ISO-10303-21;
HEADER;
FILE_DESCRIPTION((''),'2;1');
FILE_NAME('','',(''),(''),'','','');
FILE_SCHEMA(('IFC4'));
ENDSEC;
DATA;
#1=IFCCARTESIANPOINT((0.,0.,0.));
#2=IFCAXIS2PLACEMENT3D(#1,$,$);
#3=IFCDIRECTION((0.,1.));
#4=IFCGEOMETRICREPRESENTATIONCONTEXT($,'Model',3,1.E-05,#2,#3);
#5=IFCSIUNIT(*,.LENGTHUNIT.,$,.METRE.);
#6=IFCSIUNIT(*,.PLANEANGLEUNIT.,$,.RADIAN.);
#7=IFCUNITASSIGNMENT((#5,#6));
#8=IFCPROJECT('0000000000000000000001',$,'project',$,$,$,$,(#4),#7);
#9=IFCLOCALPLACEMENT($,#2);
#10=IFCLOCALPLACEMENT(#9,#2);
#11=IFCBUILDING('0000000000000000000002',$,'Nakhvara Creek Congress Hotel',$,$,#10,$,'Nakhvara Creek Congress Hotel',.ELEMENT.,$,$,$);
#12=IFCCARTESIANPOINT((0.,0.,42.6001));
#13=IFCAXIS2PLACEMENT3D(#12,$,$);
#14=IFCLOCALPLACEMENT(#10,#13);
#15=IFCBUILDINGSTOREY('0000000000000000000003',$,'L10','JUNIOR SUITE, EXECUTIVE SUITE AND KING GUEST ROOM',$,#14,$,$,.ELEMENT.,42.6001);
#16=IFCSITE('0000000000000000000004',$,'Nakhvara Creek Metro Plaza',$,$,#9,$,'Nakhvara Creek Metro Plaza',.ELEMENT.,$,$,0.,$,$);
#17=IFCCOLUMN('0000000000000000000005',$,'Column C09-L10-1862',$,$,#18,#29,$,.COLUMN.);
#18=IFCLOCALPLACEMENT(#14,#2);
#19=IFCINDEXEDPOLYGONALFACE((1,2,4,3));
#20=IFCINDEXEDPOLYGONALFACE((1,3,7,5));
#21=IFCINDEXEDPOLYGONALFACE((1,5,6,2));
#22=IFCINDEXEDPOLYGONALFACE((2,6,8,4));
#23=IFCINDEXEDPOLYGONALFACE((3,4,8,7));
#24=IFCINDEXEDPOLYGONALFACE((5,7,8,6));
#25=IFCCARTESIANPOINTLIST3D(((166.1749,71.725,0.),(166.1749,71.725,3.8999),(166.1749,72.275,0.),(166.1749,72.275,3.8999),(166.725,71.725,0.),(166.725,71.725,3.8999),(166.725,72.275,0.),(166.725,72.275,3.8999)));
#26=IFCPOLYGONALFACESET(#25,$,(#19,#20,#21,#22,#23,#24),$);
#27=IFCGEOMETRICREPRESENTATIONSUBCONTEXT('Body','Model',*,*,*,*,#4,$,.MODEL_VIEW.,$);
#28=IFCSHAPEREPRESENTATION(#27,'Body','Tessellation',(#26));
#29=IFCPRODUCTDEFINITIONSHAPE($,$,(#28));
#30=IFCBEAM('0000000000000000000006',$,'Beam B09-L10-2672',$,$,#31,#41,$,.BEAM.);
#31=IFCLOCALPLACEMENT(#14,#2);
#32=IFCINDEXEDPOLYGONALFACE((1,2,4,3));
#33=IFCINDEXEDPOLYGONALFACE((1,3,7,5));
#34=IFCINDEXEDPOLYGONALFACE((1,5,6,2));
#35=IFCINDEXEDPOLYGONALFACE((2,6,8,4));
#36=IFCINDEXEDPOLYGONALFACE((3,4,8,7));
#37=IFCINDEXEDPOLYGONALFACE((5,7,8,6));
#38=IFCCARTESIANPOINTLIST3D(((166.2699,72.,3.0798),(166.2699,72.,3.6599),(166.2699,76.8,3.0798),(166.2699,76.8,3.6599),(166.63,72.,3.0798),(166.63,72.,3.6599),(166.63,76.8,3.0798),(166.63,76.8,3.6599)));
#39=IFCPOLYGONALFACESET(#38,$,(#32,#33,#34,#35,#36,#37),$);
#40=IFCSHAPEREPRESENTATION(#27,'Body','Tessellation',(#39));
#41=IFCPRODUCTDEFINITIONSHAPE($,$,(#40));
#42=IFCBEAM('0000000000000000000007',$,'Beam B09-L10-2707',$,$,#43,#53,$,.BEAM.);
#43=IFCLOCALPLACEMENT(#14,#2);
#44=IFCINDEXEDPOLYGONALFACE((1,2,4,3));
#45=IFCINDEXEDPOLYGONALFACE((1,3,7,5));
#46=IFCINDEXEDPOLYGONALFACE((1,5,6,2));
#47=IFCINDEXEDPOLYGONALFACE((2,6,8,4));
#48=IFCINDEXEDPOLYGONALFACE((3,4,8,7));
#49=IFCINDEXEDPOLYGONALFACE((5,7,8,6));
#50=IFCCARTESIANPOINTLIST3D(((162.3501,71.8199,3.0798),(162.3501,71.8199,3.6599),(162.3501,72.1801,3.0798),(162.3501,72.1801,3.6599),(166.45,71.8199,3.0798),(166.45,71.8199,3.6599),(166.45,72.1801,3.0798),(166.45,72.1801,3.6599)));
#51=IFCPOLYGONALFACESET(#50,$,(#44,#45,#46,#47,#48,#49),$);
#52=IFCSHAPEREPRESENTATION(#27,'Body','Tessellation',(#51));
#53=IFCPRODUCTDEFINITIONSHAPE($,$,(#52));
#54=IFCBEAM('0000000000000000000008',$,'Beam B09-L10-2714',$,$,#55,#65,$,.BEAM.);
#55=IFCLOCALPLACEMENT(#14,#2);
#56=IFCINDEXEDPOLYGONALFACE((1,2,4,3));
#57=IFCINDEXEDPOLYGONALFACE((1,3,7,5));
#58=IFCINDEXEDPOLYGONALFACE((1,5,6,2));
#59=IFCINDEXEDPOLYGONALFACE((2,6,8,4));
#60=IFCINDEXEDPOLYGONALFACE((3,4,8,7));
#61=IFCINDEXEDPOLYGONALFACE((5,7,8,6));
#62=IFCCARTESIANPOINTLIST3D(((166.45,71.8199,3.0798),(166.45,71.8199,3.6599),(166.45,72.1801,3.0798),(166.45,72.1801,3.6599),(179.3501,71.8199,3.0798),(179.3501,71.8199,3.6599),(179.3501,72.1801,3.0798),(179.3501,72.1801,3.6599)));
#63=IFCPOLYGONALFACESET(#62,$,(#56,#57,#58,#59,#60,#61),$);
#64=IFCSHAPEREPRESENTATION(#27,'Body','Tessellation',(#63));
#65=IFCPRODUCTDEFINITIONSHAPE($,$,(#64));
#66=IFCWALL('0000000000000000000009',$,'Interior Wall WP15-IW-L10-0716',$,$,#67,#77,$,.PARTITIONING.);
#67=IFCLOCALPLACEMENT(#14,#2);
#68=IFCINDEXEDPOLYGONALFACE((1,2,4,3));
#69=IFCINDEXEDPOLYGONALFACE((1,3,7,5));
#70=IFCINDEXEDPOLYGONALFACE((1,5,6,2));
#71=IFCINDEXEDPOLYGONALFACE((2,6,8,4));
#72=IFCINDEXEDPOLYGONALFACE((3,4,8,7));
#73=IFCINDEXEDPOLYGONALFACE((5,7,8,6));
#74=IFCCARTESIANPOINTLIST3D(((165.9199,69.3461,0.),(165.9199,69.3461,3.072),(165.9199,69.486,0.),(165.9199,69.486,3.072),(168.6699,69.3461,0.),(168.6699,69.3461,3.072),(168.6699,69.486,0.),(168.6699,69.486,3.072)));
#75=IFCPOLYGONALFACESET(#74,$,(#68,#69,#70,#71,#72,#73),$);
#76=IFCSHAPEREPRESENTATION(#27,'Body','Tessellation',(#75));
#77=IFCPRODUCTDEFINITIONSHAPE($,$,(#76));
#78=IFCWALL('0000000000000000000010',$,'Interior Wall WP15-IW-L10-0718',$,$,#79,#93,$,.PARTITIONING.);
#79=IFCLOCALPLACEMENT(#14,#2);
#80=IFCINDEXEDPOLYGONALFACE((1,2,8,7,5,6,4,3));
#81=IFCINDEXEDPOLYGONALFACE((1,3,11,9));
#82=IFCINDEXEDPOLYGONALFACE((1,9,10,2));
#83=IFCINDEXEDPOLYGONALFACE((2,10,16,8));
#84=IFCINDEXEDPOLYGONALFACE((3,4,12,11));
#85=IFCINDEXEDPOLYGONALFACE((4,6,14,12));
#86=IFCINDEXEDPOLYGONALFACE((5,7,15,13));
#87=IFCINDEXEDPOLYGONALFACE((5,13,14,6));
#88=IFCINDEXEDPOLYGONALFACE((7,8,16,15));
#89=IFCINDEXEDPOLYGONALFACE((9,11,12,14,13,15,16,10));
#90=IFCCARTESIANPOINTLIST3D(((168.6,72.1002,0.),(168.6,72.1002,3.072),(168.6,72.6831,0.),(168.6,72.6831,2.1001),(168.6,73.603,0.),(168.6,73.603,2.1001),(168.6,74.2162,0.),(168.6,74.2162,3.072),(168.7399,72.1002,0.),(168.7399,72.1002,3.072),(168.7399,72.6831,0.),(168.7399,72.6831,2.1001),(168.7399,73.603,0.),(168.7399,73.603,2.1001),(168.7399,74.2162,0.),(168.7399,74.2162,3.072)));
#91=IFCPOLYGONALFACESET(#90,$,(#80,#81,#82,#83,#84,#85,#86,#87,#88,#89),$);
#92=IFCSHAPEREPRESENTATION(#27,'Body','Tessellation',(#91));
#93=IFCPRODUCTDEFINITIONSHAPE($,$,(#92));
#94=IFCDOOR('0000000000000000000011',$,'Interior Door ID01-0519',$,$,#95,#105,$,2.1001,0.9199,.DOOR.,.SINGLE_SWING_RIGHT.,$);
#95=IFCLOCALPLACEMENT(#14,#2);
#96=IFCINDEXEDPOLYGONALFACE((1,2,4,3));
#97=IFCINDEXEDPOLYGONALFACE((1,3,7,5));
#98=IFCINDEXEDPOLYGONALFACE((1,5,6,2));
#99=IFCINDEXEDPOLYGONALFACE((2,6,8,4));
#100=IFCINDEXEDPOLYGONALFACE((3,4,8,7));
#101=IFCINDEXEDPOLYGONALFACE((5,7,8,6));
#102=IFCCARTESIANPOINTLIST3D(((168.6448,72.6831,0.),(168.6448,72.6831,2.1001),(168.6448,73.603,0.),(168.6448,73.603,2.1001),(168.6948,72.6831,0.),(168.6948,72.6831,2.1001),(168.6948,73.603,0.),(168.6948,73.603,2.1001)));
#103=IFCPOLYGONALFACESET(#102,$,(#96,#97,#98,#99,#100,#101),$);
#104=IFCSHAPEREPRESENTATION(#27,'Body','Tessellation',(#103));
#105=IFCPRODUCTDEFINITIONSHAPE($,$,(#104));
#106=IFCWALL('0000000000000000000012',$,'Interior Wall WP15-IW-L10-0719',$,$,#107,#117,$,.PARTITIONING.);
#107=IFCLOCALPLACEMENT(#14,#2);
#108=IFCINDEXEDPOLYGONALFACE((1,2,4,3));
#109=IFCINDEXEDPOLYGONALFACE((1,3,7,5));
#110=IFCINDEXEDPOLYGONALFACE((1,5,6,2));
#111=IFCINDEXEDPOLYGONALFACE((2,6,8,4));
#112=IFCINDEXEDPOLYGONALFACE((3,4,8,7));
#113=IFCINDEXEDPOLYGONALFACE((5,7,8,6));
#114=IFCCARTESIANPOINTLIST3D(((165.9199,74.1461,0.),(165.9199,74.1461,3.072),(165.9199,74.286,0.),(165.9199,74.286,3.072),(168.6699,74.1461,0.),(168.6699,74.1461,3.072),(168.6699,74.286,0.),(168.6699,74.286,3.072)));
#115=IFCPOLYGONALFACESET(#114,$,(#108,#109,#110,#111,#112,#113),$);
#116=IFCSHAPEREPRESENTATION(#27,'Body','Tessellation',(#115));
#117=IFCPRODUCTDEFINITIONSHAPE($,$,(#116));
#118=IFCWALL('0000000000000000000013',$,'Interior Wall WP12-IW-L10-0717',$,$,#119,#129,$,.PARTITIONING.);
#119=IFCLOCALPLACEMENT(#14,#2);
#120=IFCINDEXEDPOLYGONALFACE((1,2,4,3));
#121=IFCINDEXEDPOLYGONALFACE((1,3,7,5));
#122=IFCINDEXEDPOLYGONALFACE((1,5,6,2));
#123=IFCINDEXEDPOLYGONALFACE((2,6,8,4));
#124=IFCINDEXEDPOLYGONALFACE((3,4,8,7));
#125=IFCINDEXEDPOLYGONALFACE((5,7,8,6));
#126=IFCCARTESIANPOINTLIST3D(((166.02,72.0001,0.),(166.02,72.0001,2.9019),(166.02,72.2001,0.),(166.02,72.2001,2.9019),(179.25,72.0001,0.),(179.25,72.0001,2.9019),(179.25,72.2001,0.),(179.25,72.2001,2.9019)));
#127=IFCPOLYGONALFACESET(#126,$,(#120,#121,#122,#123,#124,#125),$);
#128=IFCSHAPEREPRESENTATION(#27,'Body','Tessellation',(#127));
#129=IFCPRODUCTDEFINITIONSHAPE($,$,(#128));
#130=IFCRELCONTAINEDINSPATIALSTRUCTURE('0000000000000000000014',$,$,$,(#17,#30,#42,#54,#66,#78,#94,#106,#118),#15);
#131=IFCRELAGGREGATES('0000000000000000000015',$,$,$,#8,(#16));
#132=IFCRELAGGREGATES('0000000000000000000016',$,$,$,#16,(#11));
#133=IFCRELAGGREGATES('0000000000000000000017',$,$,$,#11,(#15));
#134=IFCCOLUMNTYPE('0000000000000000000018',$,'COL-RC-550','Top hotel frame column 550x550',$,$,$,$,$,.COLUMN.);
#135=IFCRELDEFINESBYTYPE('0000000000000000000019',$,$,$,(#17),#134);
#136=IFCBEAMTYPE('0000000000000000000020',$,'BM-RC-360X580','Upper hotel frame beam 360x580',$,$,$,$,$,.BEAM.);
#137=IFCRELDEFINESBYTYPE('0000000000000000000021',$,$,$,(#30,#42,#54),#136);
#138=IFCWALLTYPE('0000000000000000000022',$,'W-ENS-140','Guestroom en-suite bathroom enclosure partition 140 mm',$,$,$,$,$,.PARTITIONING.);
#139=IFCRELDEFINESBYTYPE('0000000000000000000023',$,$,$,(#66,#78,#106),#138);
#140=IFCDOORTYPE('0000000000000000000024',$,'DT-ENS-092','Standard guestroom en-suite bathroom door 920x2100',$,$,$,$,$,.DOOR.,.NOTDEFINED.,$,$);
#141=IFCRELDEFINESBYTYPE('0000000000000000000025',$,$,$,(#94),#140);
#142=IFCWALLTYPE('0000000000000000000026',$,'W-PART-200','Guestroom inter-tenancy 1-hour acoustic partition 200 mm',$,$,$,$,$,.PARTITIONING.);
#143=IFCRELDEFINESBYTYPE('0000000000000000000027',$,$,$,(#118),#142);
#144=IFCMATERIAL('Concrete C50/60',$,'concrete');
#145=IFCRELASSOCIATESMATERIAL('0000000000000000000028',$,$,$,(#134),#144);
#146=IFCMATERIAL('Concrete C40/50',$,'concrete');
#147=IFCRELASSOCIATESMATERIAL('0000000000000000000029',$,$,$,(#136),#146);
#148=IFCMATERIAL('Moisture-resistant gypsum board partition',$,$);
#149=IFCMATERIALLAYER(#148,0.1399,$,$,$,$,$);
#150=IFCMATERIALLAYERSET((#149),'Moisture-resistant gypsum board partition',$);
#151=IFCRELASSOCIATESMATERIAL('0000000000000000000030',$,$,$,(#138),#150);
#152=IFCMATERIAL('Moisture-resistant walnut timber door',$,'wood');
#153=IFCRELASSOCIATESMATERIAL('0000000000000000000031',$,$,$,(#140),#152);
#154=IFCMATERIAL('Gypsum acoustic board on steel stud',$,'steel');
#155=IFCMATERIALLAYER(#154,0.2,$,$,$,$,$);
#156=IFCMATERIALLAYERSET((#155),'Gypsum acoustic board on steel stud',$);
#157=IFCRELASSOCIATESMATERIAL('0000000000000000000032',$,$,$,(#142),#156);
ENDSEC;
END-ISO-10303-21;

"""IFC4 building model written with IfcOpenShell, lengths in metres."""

from ifc_helpers import new_model, si_unit, direction, frame, frame_2d, origin, origin_2d, place, context, subcontext, project, spatial, rectangle, extrude, material, layer, layer_set, material_profile, profile_set, type_object, element, fill, save


model = new_model("IFC4")

# Units and contexts
model_context = context("Model", 3, precision=1e-05, world=origin(), true_north=direction((0.0, 1.0)))
body_context = subcontext(model_context, "Body", "Model", "MODEL_VIEW")
ifc_project = project(units=[si_unit("LENGTHUNIT", "METRE"), si_unit("PLANEANGLEUNIT", "RADIAN")], contexts=[model_context])

# Site, building, storey
site_placement = place(None, origin())
site = spatial("IfcSite", under=ifc_project, at=site_placement, Name="Nakhvara Creek Metro Plaza", LongName="Nakhvara Creek Metro Plaza", CompositionType="ELEMENT", RefElevation=0.0)
building_placement = place(site_placement, origin())
building = spatial("IfcBuilding", under=site, at=building_placement, Name="Nakhvara Creek Congress Hotel", LongName="Nakhvara Creek Congress Hotel", CompositionType="ELEMENT")
storey_placement = place(building_placement, frame((0.0, 0.0, 42.6001)))
storey = spatial("IfcBuildingStorey", under=building, at=storey_placement, Name="L10", Description="JUNIOR SUITE, EXECUTIVE SUITE AND KING GUEST ROOM", CompositionType="ELEMENT", Elevation=42.6001)

# Column
ifc_material_1 = material(Name="Concrete C50/60", Category="concrete")
ifc_material_profile_1 = material_profile(ifc_material_1, rectangle(XDim=0.55, YDim=0.55, at=origin_2d()), Name="RC-COL 550x550", Category="LoadBearing")
ifc_profile_set_1 = profile_set([ifc_material_profile_1], Name="Concrete C50/60")
column_type = type_object("IfcColumnType", Name="COL-RC-550", Description="Top hotel frame column 550x550", PredefinedType="COLUMN", material=ifc_profile_set_1)
column_placement = place(storey_placement, frame((166.45, 72.0, 0.0), z_axis=(0.0, 0.0, 1.0), x_axis=(1.0, 0.0, 0.0)))
element("IfcColumn", 1, at=column_placement, inside=storey, type_object=column_type, Name="Column C09-L10-1862", PredefinedType="COLUMN", context=body_context, shape_type="SweptSolid", body=[
    extrude(rectangle(XDim=0.55, YDim=0.55, at=origin_2d()), origin(), (0.0, 0.0, 1.0), 3.8999),
])

# Beams
ifc_material_2 = material(Name="Concrete C40/50", Category="concrete")
ifc_material_profile_2 = material_profile(ifc_material_2, rectangle(XDim=0.3601, YDim=0.5801, at=origin_2d()), Name="RC-BM 360x580", Category="LoadBearing")
ifc_profile_set_2 = profile_set([ifc_material_profile_2], Name="Concrete C40/50")
beam_type = type_object("IfcBeamType", Name="BM-RC-360X580", Description="Upper hotel frame beam 360x580", PredefinedType="BEAM", material=ifc_profile_set_2)
beam_1_placement = place(storey_placement, frame((166.45, 72.0, 3.3699), z_axis=(0.0, 1.0, 0.0), x_axis=(-1.0, 0.0, 0.0)))
element("IfcBeam", 2, at=beam_1_placement, inside=storey, type_object=beam_type, Name="Beam B09-L10-2672", PredefinedType="BEAM", context=body_context, shape_type="SweptSolid", body=[
    extrude(rectangle(XDim=0.3601, YDim=0.5801, at=origin_2d()), origin(), (0.0, 0.0, 1.0), 4.8),
])
beam_2_placement = place(storey_placement, frame((162.3501, 72.0, 3.3699), z_axis=(1.0, 0.0, 0.0), x_axis=(0.0, 1.0, 0.0)))
element("IfcBeam", 3, at=beam_2_placement, inside=storey, type_object=beam_type, Name="Beam B09-L10-2707", PredefinedType="BEAM", context=body_context, shape_type="SweptSolid", body=[
    extrude(rectangle(XDim=0.3601, YDim=0.5801, at=origin_2d()), origin(), (0.0, 0.0, 1.0), 4.0999),
])
beam_3_placement = place(storey_placement, frame((166.45, 72.0, 3.3699), z_axis=(1.0, 0.0, 0.0), x_axis=(0.0, 1.0, 0.0)))
element("IfcBeam", 4, at=beam_3_placement, inside=storey, type_object=beam_type, Name="Beam B09-L10-2714", PredefinedType="BEAM", context=body_context, shape_type="SweptSolid", body=[
    extrude(rectangle(XDim=0.3601, YDim=0.5801, at=origin_2d()), origin(), (0.0, 0.0, 1.0), 12.9001),
])

# Shared definitions
ifc_material_3 = material(Name="Moisture-resistant gypsum board partition")
ifc_layer_1 = layer(ifc_material_3, 0.1399)
ifc_layer_set_1 = layer_set([ifc_layer_1], Name="Moisture-resistant gypsum board partition")
wall_type_1 = type_object("IfcWallType", Name="W-ENS-140", Description="Guestroom en-suite bathroom enclosure partition 140 mm", PredefinedType="PARTITIONING", material=ifc_layer_set_1)
ifc_material_4 = material(Name="Moisture-resistant walnut timber door", Category="wood")

# Wall
wall_1_placement = place(storey_placement, frame((165.9199, 69.416, 0.0), z_axis=(0.0, 0.0, 1.0), x_axis=(1.0, 0.0, 0.0)))
element("IfcWall", 5, at=wall_1_placement, inside=storey, type_object=wall_type_1, Name="Interior Wall WP15-IW-L10-0716", PredefinedType="PARTITIONING", context=body_context, shape_type="SweptSolid", body=[
    extrude(rectangle(XDim=2.75, YDim=0.1399, at=frame_2d((1.375, 0.0))), origin(), (0.0, 0.0, 1.0), 3.072),
])

# Wall, opening, door
wall_2_placement = place(storey_placement, frame((168.6699, 72.1001, 0.0), z_axis=(0.0, 0.0, 1.0), x_axis=(0.0, 1.0, 0.0)))
wall_2 = element("IfcWall", 6, at=wall_2_placement, inside=storey, type_object=wall_type_1, Name="Interior Wall WP15-IW-L10-0718", PredefinedType="PARTITIONING", context=body_context, shape_type="SweptSolid", body=[
    extrude(rectangle(XDim=2.116, YDim=0.1399, at=frame_2d((1.0581, 0.0))), origin(), (0.0, 0.0, 1.0), 3.072),
])
opening_1_placement = place(wall_2_placement, frame((0.583, 0.0, 0.0)))
opening_1 = element("IfcOpeningElement", 7, at=opening_1_placement, cuts=wall_2, PredefinedType="OPENING", context=body_context, shape_type="SweptSolid", body=[
    extrude(rectangle(XDim=0.9199, YDim=2.1001, at=frame_2d((0.46, 1.05))), frame((0.0, 0.082, 0.0), z_axis=(0.0, -1.0, 0.0), x_axis=(1.0, 0.0, 0.0)), (0.0, 0.0, 1.0), 0.1638),
])
door_type_1 = type_object("IfcDoorType", Name="DT-ENS-092", Description="Standard guestroom en-suite bathroom door 920x2100", OperationType="NOTDEFINED", PredefinedType="DOOR", material=ifc_material_4)
door_1_placement = place(opening_1_placement, frame((0.9199, 0.0, 0.0), z_axis=(0.0, 0.0, 1.0), x_axis=(-1.0, 0.0, 0.0)))
door_1 = element("IfcDoor", 8, at=door_1_placement, inside=storey, type_object=door_type_1, Name="Interior Door ID01-0519", OperationType="SINGLE_SWING_RIGHT", OverallHeight=2.1001, OverallWidth=0.9199, PredefinedType="DOOR", context=body_context, shape_type="SweptSolid", body=[
    extrude(rectangle(XDim=0.9199, YDim=2.1001, at=frame_2d((0.46, 1.05))), frame((0.0, 0.0249, 0.0), z_axis=(0.0, -1.0, 0.0), x_axis=(1.0, 0.0, 0.0)), (0.0, 0.0, 1.0), 0.05),
])
fill(opening_1, door_1)

# Walls
wall_3_placement = place(storey_placement, frame((165.9199, 74.2161, 0.0), z_axis=(0.0, 0.0, 1.0), x_axis=(1.0, 0.0, 0.0)))
element("IfcWall", 9, at=wall_3_placement, inside=storey, type_object=wall_type_1, Name="Interior Wall WP15-IW-L10-0719", PredefinedType="PARTITIONING", context=body_context, shape_type="SweptSolid", body=[
    extrude(rectangle(XDim=2.75, YDim=0.1399, at=frame_2d((1.375, 0.0))), origin(), (0.0, 0.0, 1.0), 3.072),
])
ifc_material_5 = material(Name="Gypsum acoustic board on steel stud", Category="steel")
ifc_layer_2 = layer(ifc_material_5, 0.2)
ifc_layer_set_2 = layer_set([ifc_layer_2], Name="Gypsum acoustic board on steel stud")
wall_type_2 = type_object("IfcWallType", Name="W-PART-200", Description="Guestroom inter-tenancy 1-hour acoustic partition 200 mm", PredefinedType="PARTITIONING", material=ifc_layer_set_2)
wall_4_placement = place(storey_placement, frame((166.02, 72.1001, 0.0), z_axis=(0.0, 0.0, 1.0), x_axis=(1.0, 0.0, 0.0)))
element("IfcWall", 10, at=wall_4_placement, inside=storey, type_object=wall_type_2, Name="Interior Wall WP12-IW-L10-0717", PredefinedType="PARTITIONING", context=body_context, shape_type="SweptSolid", body=[
    extrude(rectangle(XDim=13.23, YDim=0.2, at=frame_2d((6.615, 0.0))), origin(), (0.0, 0.0, 1.0), 2.9019),
])

save(model, "model.ifc")
